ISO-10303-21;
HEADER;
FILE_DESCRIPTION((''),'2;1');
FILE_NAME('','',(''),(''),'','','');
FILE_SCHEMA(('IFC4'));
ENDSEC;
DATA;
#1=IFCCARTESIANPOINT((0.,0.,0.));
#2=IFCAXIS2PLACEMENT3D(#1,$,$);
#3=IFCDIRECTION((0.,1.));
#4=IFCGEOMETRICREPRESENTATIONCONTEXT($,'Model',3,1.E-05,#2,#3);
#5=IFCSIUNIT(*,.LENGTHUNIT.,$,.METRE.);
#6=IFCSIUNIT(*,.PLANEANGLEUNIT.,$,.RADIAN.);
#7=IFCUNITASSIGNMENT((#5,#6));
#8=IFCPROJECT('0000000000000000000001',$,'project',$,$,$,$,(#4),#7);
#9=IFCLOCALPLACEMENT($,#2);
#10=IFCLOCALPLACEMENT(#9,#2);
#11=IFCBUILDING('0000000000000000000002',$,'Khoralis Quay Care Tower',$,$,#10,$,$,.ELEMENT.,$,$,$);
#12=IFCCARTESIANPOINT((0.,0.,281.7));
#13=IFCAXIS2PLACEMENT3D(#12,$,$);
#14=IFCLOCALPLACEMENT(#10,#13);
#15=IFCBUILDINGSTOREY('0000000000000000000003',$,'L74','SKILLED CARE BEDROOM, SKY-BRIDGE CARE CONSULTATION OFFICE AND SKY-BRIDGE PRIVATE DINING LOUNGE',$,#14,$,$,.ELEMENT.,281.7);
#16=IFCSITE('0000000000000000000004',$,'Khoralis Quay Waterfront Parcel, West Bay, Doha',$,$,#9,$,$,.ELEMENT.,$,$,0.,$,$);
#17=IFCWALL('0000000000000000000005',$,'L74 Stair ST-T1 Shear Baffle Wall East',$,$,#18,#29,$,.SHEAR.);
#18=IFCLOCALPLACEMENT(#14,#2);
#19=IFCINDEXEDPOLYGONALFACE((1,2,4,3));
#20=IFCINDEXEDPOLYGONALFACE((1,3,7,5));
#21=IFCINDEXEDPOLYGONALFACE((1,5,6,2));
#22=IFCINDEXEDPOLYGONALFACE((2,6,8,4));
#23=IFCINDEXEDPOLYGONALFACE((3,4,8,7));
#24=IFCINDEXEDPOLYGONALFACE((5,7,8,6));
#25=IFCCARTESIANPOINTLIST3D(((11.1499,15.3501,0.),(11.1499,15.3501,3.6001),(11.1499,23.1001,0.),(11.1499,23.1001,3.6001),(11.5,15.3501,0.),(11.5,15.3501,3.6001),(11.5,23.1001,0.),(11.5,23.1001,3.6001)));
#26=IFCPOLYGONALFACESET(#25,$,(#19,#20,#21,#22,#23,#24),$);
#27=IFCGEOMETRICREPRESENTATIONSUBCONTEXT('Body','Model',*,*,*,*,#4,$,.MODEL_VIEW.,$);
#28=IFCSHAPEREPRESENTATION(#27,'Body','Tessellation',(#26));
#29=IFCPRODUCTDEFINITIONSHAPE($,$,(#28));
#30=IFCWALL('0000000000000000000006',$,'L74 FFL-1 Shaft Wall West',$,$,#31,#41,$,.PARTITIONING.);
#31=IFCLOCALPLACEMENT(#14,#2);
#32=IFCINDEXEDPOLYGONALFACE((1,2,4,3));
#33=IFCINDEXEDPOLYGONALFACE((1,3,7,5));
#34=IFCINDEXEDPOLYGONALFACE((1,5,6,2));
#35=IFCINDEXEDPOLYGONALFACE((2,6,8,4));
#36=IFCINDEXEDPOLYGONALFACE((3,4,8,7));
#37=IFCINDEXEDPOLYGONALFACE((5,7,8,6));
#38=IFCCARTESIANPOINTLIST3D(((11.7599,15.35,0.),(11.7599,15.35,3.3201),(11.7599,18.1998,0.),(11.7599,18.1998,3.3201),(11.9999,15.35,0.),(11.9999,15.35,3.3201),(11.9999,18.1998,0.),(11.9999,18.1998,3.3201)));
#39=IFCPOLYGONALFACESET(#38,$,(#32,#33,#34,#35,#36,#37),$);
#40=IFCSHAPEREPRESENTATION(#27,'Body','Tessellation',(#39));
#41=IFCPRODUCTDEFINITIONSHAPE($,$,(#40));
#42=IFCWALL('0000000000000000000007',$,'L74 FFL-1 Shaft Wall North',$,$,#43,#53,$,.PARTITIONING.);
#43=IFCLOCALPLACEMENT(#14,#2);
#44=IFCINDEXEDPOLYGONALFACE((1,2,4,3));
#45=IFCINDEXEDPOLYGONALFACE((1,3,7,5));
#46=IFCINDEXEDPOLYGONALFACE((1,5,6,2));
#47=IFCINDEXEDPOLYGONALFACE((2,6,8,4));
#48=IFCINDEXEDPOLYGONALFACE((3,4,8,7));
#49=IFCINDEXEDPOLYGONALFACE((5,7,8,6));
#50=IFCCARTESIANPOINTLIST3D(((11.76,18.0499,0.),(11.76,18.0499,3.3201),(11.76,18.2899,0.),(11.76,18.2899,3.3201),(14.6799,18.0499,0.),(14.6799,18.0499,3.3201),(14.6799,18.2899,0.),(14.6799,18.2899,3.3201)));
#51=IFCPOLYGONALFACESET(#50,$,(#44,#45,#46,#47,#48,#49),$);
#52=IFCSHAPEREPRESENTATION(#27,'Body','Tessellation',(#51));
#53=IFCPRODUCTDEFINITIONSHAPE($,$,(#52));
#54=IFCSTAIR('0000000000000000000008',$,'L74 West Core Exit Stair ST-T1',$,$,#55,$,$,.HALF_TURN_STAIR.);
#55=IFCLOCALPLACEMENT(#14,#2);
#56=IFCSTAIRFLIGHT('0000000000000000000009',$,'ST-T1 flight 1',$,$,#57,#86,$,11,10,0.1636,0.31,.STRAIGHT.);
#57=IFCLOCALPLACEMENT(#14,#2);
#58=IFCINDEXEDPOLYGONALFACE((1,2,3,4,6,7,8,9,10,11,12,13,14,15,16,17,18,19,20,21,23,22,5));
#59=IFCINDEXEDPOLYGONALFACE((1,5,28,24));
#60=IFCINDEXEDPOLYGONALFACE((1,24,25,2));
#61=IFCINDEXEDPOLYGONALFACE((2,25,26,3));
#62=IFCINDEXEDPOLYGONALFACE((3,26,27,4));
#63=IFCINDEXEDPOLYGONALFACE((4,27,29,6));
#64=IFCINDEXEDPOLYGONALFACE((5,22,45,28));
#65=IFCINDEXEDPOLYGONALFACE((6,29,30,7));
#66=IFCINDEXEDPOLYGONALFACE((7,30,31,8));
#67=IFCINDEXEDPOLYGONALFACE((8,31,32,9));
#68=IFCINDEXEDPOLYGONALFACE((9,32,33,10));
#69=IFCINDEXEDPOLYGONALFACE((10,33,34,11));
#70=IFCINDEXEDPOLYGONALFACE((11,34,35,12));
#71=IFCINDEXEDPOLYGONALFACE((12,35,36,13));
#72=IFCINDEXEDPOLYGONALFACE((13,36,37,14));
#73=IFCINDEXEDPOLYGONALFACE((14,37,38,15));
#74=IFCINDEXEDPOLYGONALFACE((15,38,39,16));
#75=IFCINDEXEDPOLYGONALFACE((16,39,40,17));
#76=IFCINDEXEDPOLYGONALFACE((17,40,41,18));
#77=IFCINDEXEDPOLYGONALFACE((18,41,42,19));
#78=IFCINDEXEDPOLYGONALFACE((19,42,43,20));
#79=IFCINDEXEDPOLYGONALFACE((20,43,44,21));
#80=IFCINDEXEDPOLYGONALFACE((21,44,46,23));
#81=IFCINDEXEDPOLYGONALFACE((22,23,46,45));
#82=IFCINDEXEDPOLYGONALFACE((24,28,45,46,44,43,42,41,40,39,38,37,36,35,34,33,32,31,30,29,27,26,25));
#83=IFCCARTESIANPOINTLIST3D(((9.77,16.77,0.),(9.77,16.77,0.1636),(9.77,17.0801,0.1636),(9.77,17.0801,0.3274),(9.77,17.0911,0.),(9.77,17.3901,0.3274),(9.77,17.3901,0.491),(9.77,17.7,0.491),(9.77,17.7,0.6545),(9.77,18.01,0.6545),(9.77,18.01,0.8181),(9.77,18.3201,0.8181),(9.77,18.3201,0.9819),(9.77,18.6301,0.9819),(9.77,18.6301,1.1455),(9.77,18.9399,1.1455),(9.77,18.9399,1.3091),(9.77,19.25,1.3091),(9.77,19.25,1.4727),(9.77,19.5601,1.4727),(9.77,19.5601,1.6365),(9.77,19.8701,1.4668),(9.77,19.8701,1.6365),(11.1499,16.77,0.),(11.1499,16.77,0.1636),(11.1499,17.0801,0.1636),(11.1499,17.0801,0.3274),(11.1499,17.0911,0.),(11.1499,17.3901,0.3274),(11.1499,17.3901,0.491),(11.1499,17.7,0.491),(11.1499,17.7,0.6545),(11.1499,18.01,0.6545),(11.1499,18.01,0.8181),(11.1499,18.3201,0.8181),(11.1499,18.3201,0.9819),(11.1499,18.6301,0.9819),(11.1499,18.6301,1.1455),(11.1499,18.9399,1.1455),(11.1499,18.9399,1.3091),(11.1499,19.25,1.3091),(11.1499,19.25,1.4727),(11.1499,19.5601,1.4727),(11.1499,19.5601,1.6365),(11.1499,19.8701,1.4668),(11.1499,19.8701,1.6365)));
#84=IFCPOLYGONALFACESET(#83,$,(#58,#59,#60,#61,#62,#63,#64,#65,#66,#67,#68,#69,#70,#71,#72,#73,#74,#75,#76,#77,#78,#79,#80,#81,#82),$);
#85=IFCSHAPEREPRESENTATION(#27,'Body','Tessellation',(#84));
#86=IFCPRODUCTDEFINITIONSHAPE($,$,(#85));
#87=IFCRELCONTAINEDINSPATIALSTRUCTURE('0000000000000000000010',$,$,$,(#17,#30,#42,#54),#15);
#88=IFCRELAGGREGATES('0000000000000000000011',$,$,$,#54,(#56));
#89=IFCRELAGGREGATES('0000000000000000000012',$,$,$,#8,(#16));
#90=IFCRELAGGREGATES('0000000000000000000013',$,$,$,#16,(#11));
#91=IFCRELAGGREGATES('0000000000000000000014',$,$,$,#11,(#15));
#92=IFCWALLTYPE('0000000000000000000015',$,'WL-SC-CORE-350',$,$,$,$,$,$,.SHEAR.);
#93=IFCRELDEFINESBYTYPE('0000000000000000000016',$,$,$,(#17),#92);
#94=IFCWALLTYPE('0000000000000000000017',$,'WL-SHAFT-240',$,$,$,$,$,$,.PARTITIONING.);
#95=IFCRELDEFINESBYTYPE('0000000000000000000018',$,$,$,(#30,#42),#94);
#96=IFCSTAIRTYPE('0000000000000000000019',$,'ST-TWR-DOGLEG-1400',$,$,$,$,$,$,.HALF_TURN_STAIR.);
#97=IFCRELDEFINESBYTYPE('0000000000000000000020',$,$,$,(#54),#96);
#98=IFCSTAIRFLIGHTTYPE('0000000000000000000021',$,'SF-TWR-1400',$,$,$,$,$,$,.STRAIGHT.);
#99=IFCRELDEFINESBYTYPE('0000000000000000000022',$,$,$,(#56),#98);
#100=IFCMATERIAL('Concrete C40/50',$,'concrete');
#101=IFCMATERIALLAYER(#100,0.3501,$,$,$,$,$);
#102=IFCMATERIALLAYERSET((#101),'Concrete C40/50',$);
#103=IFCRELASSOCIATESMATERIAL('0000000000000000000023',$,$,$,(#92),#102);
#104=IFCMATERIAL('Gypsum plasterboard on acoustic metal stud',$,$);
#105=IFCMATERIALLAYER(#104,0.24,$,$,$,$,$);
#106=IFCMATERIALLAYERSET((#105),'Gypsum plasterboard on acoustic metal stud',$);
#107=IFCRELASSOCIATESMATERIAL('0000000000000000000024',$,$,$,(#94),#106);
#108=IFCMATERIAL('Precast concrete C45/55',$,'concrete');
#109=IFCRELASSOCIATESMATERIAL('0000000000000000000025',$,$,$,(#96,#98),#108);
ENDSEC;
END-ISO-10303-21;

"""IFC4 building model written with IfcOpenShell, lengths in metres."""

from ifc_helpers import new_model, si_unit, direction, frame, frame_2d, origin, place, context, subcontext, project, spatial, polyline, rectangle, outline, extrude, source, transform, mapped, material, layer, layer_set, type_object, element, aggregate, save


model = new_model("IFC4")

# Units and contexts
model_context = context("Model", 3, precision=1e-05, world=origin(), true_north=direction((0.0, 1.0)))
body_context = subcontext(model_context, "Body", "Model", "MODEL_VIEW")
ifc_project = project(units=[si_unit("LENGTHUNIT", "METRE"), si_unit("PLANEANGLEUNIT", "RADIAN")], contexts=[model_context])

# Site, building, storey
site_placement = place(None, origin())
site = spatial("IfcSite", under=ifc_project, at=site_placement, Name="Khoralis Quay Waterfront Parcel, West Bay, Doha", CompositionType="ELEMENT", RefElevation=0.0)
building_placement = place(site_placement, origin())
building = spatial("IfcBuilding", under=site, at=building_placement, Name="Khoralis Quay Care Tower", CompositionType="ELEMENT")
storey_placement = place(building_placement, frame((0.0, 0.0, 281.7)))
storey = spatial("IfcBuildingStorey", under=building, at=storey_placement, Name="L74", Description="SKILLED CARE BEDROOM, SKY-BRIDGE CARE CONSULTATION OFFICE AND SKY-BRIDGE PRIVATE DINING LOUNGE", CompositionType="ELEMENT", Elevation=281.7)

# Shared definitions
ifc_material_1 = material(Name="Gypsum plasterboard on acoustic metal stud")

# Walls
ifc_material_2 = material(Name="Precast concrete C45/55", Category="concrete")
ifc_material_3 = material(Name="Concrete C40/50", Category="concrete")
ifc_layer_1 = layer(ifc_material_3, 0.3501)
ifc_layer_set_1 = layer_set([ifc_layer_1], Name="Concrete C40/50")
wall_type_1 = type_object("IfcWallType", Name="WL-SC-CORE-350", PredefinedType="SHEAR", material=ifc_layer_set_1)
wall_1_placement = place(storey_placement, frame((11.325, 15.3501, 0.0), z_axis=(0.0, 0.0, 1.0), x_axis=(0.0, 1.0, 0.0)))
element("IfcWall", 1, at=wall_1_placement, inside=storey, type_object=wall_type_1, Name="L74 Stair ST-T1 Shear Baffle Wall East", PredefinedType="SHEAR", context=body_context, shape_type="SweptSolid", body=[
    extrude(rectangle(XDim=7.75, YDim=0.3501, at=frame_2d((3.875, 0.0))), origin(), (0.0, 0.0, 1.0), 3.6001),
])
ifc_layer_2 = layer(ifc_material_1, 0.24)
ifc_layer_set_2 = layer_set([ifc_layer_2], Name="Gypsum plasterboard on acoustic metal stud")
wall_type_2 = type_object("IfcWallType", Name="WL-SHAFT-240", PredefinedType="PARTITIONING", material=ifc_layer_set_2)
wall_2_placement = place(storey_placement, frame((11.8799, 15.3501, 0.0), z_axis=(0.0, 0.0, 1.0), x_axis=(0.0, 1.0, 0.0)))
element("IfcWall", 2, at=wall_2_placement, inside=storey, type_object=wall_type_2, Name="L74 FFL-1 Shaft Wall West", PredefinedType="PARTITIONING", context=body_context, shape_type="SweptSolid", body=[
    extrude(rectangle(XDim=2.8499, YDim=0.24, at=frame_2d((1.4248, 0.0))), origin(), (0.0, 0.0, 1.0), 3.3201),
])
wall_3_placement = place(storey_placement, frame((11.76, 18.1699, 0.0), z_axis=(0.0, 0.0, 1.0), x_axis=(1.0, 0.0, 0.0)))
element("IfcWall", 3, at=wall_3_placement, inside=storey, type_object=wall_type_2, Name="L74 FFL-1 Shaft Wall North", PredefinedType="PARTITIONING", context=body_context, shape_type="SweptSolid", body=[
    extrude(rectangle(XDim=2.9199, YDim=0.24, at=frame_2d((1.46, 0.0))), origin(), (0.0, 0.0, 1.0), 3.3201),
])

# Stair, stair flight
stair_type = type_object("IfcStairType", Name="ST-TWR-DOGLEG-1400", PredefinedType="HALF_TURN_STAIR", material=ifc_material_2)
stair_placement = place(storey_placement, origin())
stair = element("IfcStair", 4, at=stair_placement, inside=storey, type_object=stair_type, Name="L74 West Core Exit Stair ST-T1", PredefinedType="HALF_TURN_STAIR")
stair_flight_type = type_object("IfcStairFlightType", Name="SF-TWR-1400", PredefinedType="STRAIGHT", material=ifc_material_2)
shared_shape_1 = source(origin(), body_context, "Body", "SweptSolid", [
    extrude(outline(polyline([(0.0, 0.0), (0.0, 0.1636), (0.3101, 0.1636), (0.3101, 0.3274), (0.6201, 0.3274), (0.6201, 0.491), (0.9299, 0.491), (0.9299, 0.6545), (1.24, 0.6545), (1.24, 0.8181), (1.55, 0.8181), (1.55, 0.9819), (1.8601, 0.9819), (1.8601, 1.1455), (2.1699, 1.1455), (2.1699, 1.3091), (2.48, 1.3091), (2.48, 1.4727), (2.79, 1.4727), (2.79, 1.6365), (3.1001, 1.6365), (3.1001, 1.8), (3.1001, 1.4668), (0.321, 0.0), (0.0, 0.0)])), frame((0.0, 0.6899, 0.0), z_axis=(0.0, -1.0, 0.0), x_axis=(1.0, 0.0, 0.0)), (0.0, 0.0, 1.0), 1.3799),
])
stair_flight_placement = place(storey_placement, frame((10.46, 16.77, 0.0), z_axis=(0.0, 0.0, 1.0), x_axis=(0.0, 1.0, 0.0)))
stair_flight = element("IfcStairFlight", 5, at=stair_flight_placement, type_object=stair_flight_type, Name="ST-T1 flight 1", NumberOfRisers=11, NumberOfTreads=10, PredefinedType="STRAIGHT", RiserHeight=0.1636, TreadLength=0.31, context=body_context, shape_type="MappedRepresentation", body=[
    mapped(shared_shape_1, transform((0.0, 0.0, 0.0), scale=1.0)),
])
aggregate(stair, [stair_flight])

save(model, "model.ifc")
